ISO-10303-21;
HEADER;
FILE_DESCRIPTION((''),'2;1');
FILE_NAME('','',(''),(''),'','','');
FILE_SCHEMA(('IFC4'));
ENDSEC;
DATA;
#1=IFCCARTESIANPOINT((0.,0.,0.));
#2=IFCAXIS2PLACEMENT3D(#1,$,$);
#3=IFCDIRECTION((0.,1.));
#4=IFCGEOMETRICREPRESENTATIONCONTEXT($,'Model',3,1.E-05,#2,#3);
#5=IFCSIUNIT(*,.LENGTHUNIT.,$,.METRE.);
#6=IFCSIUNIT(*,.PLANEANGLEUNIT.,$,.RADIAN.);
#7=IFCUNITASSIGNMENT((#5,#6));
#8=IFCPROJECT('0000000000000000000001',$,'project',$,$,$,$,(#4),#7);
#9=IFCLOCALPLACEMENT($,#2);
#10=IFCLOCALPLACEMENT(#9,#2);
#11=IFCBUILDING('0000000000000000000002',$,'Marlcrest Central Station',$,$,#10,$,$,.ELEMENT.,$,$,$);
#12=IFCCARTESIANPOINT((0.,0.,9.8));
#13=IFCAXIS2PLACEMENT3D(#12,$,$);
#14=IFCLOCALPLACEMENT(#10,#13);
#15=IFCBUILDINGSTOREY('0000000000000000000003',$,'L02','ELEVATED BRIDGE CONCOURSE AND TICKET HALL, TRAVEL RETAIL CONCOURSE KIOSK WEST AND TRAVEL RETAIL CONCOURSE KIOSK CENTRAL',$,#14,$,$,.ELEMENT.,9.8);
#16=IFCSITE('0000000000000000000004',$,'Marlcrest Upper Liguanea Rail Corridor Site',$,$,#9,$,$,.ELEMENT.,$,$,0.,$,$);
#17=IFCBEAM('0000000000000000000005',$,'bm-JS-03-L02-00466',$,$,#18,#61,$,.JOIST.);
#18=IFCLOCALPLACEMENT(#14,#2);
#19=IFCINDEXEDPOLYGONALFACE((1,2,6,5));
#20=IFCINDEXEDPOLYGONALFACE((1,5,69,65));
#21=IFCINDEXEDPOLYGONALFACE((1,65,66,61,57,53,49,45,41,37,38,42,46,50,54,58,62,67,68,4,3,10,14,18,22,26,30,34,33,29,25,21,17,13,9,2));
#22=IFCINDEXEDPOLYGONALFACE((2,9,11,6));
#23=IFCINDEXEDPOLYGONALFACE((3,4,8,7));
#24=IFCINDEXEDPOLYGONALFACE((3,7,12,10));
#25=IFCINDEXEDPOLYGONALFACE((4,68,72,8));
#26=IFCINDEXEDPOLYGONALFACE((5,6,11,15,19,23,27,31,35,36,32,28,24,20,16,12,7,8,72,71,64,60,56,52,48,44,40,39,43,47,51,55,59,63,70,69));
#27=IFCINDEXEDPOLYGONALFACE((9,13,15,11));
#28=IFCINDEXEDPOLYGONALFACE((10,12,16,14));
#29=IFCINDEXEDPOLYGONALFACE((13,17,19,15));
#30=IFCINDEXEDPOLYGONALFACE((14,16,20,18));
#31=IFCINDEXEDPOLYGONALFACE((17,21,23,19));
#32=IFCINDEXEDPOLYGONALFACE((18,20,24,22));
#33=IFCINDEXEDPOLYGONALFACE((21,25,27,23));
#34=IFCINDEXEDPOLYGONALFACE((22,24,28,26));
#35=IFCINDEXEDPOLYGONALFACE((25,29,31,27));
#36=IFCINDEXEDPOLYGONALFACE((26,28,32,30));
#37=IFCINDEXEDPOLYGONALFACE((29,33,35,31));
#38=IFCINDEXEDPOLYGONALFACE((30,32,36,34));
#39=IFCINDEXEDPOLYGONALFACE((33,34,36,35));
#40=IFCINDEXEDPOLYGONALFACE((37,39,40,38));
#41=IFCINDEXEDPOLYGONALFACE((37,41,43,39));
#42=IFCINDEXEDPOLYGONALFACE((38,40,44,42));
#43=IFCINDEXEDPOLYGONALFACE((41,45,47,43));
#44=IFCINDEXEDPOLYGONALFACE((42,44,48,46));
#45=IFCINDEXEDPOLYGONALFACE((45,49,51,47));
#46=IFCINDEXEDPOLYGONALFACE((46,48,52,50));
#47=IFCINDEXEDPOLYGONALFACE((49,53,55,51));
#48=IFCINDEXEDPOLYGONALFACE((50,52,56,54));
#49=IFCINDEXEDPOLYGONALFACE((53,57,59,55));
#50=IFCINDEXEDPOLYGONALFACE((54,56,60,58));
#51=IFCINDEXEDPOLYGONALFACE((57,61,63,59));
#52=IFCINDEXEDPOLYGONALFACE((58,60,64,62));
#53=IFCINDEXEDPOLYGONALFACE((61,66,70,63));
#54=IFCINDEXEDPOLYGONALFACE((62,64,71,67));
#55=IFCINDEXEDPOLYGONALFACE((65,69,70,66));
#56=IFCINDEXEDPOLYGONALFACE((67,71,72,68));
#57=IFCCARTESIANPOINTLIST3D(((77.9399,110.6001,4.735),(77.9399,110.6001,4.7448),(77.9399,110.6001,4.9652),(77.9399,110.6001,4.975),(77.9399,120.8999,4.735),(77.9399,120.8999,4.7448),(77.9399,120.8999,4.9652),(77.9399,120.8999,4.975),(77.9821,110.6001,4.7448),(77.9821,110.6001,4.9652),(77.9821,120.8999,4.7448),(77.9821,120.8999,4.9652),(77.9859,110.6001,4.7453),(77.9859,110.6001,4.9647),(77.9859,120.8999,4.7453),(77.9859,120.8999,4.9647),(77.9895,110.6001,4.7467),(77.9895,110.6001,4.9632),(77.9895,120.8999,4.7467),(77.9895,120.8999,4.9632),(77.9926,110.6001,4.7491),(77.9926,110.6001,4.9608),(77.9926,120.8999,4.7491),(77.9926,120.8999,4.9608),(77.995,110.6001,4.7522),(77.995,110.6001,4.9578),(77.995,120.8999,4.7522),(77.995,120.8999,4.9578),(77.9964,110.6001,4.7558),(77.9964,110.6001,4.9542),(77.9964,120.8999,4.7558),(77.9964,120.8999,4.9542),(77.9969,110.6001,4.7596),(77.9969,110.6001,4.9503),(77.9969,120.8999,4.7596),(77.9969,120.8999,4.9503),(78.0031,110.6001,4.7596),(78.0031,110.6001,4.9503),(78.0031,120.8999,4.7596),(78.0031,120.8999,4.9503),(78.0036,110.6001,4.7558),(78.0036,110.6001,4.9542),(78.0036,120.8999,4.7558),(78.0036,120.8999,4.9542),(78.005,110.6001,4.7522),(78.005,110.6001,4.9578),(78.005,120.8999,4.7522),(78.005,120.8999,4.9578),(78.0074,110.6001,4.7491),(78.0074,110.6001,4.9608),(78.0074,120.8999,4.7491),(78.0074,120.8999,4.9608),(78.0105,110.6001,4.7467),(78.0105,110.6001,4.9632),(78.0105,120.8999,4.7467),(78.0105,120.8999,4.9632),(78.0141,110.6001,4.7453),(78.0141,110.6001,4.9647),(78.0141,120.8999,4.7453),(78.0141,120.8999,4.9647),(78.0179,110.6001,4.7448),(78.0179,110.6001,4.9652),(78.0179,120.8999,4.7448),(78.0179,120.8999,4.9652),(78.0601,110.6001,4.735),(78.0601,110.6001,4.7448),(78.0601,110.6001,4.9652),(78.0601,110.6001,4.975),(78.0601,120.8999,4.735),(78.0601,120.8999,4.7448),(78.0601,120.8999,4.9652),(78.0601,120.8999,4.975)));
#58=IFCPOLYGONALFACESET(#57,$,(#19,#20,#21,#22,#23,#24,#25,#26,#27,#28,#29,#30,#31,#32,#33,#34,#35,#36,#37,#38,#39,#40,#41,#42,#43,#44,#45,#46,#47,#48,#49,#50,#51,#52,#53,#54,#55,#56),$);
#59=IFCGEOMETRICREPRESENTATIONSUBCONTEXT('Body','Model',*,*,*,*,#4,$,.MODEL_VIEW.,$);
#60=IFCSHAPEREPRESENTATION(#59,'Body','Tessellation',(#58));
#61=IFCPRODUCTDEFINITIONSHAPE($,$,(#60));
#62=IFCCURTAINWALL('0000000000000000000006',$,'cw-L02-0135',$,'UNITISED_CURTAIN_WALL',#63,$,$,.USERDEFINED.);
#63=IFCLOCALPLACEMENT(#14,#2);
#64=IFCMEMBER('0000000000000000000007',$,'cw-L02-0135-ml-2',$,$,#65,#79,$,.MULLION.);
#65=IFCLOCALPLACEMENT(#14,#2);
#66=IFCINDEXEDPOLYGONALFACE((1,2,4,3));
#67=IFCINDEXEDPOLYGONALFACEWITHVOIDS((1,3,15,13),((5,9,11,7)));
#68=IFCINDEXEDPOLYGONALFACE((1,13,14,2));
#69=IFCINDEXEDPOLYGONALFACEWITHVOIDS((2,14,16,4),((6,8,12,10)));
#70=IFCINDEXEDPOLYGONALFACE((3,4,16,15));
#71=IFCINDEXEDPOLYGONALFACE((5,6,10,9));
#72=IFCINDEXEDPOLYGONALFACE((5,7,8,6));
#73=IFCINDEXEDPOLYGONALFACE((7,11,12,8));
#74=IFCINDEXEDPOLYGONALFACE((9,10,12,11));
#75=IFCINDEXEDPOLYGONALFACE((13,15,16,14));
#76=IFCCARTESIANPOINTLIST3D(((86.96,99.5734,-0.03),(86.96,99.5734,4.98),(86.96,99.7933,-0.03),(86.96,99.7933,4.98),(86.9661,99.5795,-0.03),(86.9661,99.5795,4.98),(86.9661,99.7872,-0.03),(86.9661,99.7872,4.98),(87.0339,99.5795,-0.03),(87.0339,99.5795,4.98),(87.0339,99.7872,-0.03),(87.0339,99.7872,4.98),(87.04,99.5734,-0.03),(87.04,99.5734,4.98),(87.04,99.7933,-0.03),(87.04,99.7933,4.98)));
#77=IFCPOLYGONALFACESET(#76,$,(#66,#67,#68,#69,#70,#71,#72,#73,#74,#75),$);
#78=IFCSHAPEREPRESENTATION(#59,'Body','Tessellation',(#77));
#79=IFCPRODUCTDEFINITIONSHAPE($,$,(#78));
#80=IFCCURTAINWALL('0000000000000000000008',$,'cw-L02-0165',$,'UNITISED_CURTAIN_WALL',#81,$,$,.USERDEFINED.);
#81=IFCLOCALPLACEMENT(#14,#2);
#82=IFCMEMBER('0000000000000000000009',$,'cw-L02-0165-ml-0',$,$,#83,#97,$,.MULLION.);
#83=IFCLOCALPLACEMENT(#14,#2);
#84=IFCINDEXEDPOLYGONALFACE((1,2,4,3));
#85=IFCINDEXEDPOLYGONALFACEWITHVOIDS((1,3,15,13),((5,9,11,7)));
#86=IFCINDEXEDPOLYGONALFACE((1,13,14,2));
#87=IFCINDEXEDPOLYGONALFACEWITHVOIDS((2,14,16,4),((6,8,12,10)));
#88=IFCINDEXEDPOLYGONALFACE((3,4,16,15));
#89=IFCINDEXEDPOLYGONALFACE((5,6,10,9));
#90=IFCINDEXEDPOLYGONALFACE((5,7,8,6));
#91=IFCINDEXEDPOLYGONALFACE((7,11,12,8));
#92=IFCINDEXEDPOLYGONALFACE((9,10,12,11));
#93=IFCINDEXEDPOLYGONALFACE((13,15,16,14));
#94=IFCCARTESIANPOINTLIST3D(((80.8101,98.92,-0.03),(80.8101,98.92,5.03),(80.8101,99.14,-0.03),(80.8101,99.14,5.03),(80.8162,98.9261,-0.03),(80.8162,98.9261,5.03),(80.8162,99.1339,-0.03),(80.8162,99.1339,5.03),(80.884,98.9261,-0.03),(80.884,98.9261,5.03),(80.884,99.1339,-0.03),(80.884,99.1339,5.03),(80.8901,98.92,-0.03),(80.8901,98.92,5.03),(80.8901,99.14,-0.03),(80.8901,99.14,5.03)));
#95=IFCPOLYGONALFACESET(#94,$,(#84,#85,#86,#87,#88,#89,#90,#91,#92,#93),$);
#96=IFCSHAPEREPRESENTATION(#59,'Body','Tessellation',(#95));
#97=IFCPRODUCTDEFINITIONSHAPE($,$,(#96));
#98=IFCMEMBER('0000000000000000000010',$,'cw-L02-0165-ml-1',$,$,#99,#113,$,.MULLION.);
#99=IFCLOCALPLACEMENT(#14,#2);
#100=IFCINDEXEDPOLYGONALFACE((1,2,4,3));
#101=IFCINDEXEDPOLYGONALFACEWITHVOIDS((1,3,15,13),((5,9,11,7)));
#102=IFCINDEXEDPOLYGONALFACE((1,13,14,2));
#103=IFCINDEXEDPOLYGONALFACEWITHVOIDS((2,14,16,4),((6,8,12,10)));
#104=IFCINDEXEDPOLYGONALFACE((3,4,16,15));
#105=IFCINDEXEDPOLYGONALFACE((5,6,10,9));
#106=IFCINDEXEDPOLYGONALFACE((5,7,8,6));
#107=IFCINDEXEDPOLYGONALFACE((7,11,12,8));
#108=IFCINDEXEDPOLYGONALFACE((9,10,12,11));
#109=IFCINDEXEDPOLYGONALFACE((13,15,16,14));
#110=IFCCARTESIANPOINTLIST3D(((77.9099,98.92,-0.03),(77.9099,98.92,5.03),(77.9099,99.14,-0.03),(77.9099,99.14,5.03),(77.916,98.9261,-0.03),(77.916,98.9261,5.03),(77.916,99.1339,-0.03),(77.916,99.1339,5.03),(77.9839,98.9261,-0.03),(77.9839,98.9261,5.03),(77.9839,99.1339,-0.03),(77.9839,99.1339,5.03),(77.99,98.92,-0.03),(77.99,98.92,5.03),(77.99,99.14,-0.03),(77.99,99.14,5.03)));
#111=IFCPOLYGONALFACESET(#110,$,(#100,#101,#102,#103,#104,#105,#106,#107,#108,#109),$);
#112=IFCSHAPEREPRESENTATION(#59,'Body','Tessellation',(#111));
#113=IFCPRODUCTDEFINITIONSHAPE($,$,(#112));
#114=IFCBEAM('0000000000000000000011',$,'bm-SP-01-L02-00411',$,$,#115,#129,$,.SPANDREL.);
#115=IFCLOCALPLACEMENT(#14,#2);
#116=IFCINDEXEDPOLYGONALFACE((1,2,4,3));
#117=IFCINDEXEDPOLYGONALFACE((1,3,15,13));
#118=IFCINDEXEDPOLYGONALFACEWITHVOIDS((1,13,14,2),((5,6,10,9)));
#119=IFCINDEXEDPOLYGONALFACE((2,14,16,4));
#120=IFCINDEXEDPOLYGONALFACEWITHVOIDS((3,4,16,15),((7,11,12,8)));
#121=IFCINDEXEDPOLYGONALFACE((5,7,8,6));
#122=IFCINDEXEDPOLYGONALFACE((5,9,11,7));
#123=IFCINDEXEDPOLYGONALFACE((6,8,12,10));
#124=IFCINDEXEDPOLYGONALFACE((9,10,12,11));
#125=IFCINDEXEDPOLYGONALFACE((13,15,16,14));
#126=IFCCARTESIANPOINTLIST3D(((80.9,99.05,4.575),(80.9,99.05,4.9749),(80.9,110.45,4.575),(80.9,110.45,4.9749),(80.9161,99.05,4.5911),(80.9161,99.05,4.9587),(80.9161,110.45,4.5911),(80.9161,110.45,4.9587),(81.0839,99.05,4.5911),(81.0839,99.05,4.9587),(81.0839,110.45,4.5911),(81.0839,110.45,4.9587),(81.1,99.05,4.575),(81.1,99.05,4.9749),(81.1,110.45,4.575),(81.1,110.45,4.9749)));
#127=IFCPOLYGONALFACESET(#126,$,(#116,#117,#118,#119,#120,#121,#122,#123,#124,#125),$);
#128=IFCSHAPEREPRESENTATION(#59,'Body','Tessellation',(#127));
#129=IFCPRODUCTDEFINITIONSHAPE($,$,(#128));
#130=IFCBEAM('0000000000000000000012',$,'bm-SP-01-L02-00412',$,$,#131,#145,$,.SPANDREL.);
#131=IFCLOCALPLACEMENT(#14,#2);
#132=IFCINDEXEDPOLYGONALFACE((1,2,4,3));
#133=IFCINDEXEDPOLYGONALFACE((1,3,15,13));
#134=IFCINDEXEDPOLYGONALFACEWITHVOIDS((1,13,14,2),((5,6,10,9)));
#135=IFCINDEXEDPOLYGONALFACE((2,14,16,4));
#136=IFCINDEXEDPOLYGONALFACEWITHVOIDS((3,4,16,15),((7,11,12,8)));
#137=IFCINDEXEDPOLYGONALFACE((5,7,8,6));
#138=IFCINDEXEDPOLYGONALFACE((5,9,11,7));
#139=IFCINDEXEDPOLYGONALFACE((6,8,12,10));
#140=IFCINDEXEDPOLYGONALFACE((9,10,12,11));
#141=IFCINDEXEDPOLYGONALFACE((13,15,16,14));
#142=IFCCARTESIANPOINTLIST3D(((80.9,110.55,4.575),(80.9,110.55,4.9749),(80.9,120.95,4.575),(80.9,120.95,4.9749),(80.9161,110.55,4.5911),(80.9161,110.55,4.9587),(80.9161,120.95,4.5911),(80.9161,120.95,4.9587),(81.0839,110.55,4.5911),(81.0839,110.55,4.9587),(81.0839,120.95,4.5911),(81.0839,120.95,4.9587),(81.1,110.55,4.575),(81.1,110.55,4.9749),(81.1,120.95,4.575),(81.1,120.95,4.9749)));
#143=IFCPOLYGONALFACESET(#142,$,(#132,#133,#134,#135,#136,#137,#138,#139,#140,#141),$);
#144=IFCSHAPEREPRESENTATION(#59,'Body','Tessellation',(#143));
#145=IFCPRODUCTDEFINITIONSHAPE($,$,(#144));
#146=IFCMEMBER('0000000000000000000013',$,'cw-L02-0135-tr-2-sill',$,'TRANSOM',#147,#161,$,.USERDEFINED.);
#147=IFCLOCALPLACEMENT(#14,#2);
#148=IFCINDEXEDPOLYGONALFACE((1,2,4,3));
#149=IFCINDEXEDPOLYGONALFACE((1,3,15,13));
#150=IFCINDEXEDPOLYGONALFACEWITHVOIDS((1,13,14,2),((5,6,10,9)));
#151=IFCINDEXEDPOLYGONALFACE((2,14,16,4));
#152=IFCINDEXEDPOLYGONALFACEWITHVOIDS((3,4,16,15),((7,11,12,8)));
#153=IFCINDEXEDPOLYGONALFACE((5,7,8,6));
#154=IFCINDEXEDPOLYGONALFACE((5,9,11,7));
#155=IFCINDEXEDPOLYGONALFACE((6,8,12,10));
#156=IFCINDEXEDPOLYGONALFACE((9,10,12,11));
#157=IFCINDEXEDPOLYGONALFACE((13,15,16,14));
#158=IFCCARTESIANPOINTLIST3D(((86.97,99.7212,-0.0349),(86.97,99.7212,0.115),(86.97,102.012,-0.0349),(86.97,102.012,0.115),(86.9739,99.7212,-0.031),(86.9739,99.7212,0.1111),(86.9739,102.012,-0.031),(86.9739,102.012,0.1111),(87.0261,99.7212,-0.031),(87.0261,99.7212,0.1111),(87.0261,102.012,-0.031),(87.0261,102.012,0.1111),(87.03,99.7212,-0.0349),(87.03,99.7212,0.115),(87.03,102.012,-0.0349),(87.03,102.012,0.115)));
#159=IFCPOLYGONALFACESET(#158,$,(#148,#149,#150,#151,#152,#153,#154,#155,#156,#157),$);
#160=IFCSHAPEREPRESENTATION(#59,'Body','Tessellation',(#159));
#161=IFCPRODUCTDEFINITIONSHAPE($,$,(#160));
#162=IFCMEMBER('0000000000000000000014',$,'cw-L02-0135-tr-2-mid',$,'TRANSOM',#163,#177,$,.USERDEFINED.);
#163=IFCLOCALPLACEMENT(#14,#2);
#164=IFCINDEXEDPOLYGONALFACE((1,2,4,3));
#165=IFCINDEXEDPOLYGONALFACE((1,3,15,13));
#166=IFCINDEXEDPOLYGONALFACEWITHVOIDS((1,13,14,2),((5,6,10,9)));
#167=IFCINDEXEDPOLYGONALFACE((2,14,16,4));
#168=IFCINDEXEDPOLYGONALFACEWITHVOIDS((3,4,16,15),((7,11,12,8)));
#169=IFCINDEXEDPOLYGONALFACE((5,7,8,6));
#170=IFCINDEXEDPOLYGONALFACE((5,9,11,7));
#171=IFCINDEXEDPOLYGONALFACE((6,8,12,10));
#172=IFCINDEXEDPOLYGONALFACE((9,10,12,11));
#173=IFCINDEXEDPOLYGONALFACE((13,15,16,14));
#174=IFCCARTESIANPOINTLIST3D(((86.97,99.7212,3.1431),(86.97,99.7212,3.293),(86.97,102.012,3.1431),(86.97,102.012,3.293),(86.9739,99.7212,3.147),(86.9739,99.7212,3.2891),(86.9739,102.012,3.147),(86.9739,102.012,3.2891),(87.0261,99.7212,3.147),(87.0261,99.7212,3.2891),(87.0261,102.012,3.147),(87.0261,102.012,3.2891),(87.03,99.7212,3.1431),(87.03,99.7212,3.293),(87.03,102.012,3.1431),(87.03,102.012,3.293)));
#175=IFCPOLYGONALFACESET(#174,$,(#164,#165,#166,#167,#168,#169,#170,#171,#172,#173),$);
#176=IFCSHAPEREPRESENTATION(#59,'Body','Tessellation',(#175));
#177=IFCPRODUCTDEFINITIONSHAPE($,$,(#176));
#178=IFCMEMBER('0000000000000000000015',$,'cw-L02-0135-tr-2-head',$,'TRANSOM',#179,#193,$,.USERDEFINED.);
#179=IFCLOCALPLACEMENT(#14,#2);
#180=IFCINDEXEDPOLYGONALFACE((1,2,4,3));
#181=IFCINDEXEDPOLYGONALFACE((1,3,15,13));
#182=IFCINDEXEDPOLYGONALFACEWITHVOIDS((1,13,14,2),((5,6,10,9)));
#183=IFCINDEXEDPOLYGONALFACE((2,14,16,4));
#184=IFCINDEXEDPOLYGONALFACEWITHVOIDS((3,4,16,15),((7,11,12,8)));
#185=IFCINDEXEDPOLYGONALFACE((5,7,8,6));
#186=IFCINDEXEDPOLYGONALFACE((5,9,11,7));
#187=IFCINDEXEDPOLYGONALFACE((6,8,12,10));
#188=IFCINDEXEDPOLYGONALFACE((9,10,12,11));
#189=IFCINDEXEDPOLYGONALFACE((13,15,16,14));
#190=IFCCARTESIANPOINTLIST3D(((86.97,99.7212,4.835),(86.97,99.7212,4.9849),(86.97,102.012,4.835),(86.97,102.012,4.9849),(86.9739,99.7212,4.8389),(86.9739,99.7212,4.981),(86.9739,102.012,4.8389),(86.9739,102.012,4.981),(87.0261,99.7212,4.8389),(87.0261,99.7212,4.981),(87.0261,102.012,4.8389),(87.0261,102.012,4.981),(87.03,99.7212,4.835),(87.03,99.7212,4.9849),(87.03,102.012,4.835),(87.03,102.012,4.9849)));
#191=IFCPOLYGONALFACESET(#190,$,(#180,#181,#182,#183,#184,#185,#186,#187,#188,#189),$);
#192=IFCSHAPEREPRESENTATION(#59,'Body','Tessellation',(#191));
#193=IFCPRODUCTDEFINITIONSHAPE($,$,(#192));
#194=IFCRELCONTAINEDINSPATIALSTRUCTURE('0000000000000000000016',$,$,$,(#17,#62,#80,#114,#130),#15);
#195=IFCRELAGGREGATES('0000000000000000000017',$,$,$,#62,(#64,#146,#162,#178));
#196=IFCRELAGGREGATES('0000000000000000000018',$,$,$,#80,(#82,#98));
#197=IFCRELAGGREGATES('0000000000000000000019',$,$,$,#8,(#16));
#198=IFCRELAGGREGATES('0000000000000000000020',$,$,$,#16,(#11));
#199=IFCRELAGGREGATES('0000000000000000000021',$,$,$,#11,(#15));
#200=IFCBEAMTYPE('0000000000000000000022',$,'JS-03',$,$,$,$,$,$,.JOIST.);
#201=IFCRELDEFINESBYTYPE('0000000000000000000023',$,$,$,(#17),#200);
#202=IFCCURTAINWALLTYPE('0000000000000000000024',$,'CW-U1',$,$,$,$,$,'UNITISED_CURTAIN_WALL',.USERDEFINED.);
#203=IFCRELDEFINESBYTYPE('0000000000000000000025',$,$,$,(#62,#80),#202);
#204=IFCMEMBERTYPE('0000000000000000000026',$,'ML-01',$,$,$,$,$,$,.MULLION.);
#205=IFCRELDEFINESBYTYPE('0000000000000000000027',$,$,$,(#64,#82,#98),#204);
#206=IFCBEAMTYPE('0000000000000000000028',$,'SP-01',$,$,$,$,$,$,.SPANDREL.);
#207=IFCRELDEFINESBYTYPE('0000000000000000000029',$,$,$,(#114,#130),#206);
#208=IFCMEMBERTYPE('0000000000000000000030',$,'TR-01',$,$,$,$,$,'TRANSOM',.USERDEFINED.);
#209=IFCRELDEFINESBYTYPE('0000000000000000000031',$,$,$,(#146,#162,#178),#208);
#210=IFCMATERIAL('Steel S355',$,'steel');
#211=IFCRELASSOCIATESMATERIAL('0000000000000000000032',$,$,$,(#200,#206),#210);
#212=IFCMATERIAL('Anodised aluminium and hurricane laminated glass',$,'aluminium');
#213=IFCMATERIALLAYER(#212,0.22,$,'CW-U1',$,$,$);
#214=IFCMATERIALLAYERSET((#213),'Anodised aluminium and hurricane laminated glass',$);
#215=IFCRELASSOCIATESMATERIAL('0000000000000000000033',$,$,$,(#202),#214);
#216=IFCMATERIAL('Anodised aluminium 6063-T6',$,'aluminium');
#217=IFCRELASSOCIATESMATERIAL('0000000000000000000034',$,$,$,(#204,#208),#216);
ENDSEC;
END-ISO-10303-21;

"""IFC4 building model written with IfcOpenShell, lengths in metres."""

from ifc_helpers import new_model, si_unit, direction, frame, origin, origin_2d, place, context, subcontext, project, spatial, hollow_rectangle, i_section, extrude, material, layer, layer_set, material_profile, profile_set, type_object, element, aggregate, save


model = new_model("IFC4")

# Units and contexts
model_context = context("Model", 3, precision=1e-05, world=origin(), true_north=direction((0.0, 1.0)))
body_context = subcontext(model_context, "Body", "Model", "MODEL_VIEW")
ifc_project = project(units=[si_unit("LENGTHUNIT", "METRE"), si_unit("PLANEANGLEUNIT", "RADIAN")], contexts=[model_context])

# Site, building, storey
site_placement = place(None, origin())
site = spatial("IfcSite", under=ifc_project, at=site_placement, Name="Marlcrest Upper Liguanea Rail Corridor Site", CompositionType="ELEMENT", RefElevation=0.0)
building_placement = place(site_placement, origin())
building = spatial("IfcBuilding", under=site, at=building_placement, Name="Marlcrest Central Station", CompositionType="ELEMENT")
storey_placement = place(building_placement, frame((0.0, 0.0, 9.8)))
storey = spatial("IfcBuildingStorey", under=building, at=storey_placement, Name="L02", Description="ELEVATED BRIDGE CONCOURSE AND TICKET HALL, TRAVEL RETAIL CONCOURSE KIOSK WEST AND TRAVEL RETAIL CONCOURSE KIOSK CENTRAL", CompositionType="ELEMENT", Elevation=9.8)

# Shared definitions
ifc_material_1 = material(Name="Steel S355", Category="steel")

# Beam
ifc_material_profile_1 = material_profile(ifc_material_1, i_section(OverallWidth=0.1201, OverallDepth=0.24, WebThickness=0.0061, FlangeThickness=0.0098, FilletRadius=0.0149, at=origin_2d()), Name="IPE 240")
ifc_profile_set_1 = profile_set([ifc_material_profile_1], Name="Steel S355")
beam_type_1 = type_object("IfcBeamType", Name="JS-03", PredefinedType="JOIST", material=ifc_profile_set_1)
beam_1_placement = place(storey_placement, frame((78.0, 110.6001, 4.855), z_axis=(0.0, 1.0, 0.0), x_axis=(-1.0, 0.0, 0.0)))
element("IfcBeam", 1, at=beam_1_placement, inside=storey, type_object=beam_type_1, Name="bm-JS-03-L02-00466", PredefinedType="JOIST", context=body_context, shape_type="SweptSolid", body=[
    extrude(i_section(OverallWidth=0.1201, OverallDepth=0.24, WebThickness=0.0061, FlangeThickness=0.0098, FilletRadius=0.0149, at=origin_2d()), origin(), (0.0, 0.0, 1.0), 10.2998),
])

# Curtain wall, member
ifc_material_2 = material(Name="Anodised aluminium and hurricane laminated glass", Category="aluminium")
ifc_layer_1 = layer(ifc_material_2, 0.22, Name="CW-U1")
ifc_layer_set_1 = layer_set([ifc_layer_1], Name="Anodised aluminium and hurricane laminated glass")
curtain_wall_type = type_object("IfcCurtainWallType", Name="CW-U1", ElementType="UNITISED_CURTAIN_WALL", PredefinedType="USERDEFINED", material=ifc_layer_set_1)
curtain_wall_1_placement = place(storey_placement, origin())
curtain_wall_1 = element("IfcCurtainWall", 2, at=curtain_wall_1_placement, inside=storey, type_object=curtain_wall_type, Name="cw-L02-0135", ObjectType="UNITISED_CURTAIN_WALL", PredefinedType="USERDEFINED")
ifc_material_3 = material(Name="Anodised aluminium 6063-T6", Category="aluminium")
ifc_material_profile_2 = material_profile(ifc_material_3, hollow_rectangle(XDim=0.0801, YDim=0.22, WallThickness=0.0061, at=origin_2d()), Name="AA-RHS 220x80x6")
ifc_profile_set_2 = profile_set([ifc_material_profile_2], Name="Anodised aluminium 6063-T6")
member_type_1 = type_object("IfcMemberType", Name="ML-01", PredefinedType="MULLION", material=ifc_profile_set_2)
member_1_placement = place(storey_placement, frame((87.0, 99.6833, -0.03), z_axis=(0.0, 0.0, 1.0), x_axis=(1.0, 0.0, 0.0)))
member_1 = element("IfcMember", 3, at=member_1_placement, type_object=member_type_1, Name="cw-L02-0135-ml-2", PredefinedType="MULLION", context=body_context, shape_type="SweptSolid", body=[
    extrude(hollow_rectangle(XDim=0.0801, YDim=0.22, WallThickness=0.0061, at=origin_2d()), origin(), (0.0, 0.0, 1.0), 5.01),
])

# Curtain wall, members
curtain_wall_2_placement = place(storey_placement, origin())
curtain_wall_2 = element("IfcCurtainWall", 4, at=curtain_wall_2_placement, inside=storey, type_object=curtain_wall_type, Name="cw-L02-0165", ObjectType="UNITISED_CURTAIN_WALL", PredefinedType="USERDEFINED")
member_2_placement = place(storey_placement, frame((80.8501, 99.03, -0.03), z_axis=(0.0, 0.0, 1.0), x_axis=(1.0, 0.0, 0.0)))
member_2 = element("IfcMember", 5, at=member_2_placement, type_object=member_type_1, Name="cw-L02-0165-ml-0", PredefinedType="MULLION", context=body_context, shape_type="SweptSolid", body=[
    extrude(hollow_rectangle(XDim=0.0801, YDim=0.22, WallThickness=0.0061, at=origin_2d()), origin(), (0.0, 0.0, 1.0), 5.0601),
])
member_3_placement = place(storey_placement, frame((77.95, 99.03, -0.03), z_axis=(0.0, 0.0, 1.0), x_axis=(1.0, 0.0, 0.0)))
member_3 = element("IfcMember", 6, at=member_3_placement, type_object=member_type_1, Name="cw-L02-0165-ml-1", PredefinedType="MULLION", context=body_context, shape_type="SweptSolid", body=[
    extrude(hollow_rectangle(XDim=0.0801, YDim=0.22, WallThickness=0.0061, at=origin_2d()), origin(), (0.0, 0.0, 1.0), 5.0601),
])

# Beams
ifc_material_profile_3 = material_profile(ifc_material_1, hollow_rectangle(XDim=0.2, YDim=0.3999, WallThickness=0.0161, at=origin_2d()), Name="RHS 400x200x16")
ifc_profile_set_3 = profile_set([ifc_material_profile_3], Name="Steel S355")
beam_type_2 = type_object("IfcBeamType", Name="SP-01", PredefinedType="SPANDREL", material=ifc_profile_set_3)
beam_2_placement = place(storey_placement, frame((81.0, 99.05, 4.7749), z_axis=(0.0, 1.0, 0.0), x_axis=(-1.0, 0.0, 0.0)))
element("IfcBeam", 7, at=beam_2_placement, inside=storey, type_object=beam_type_2, Name="bm-SP-01-L02-00411", PredefinedType="SPANDREL", context=body_context, shape_type="SweptSolid", body=[
    extrude(hollow_rectangle(XDim=0.2, YDim=0.3999, WallThickness=0.0161, at=origin_2d()), origin(), (0.0, 0.0, 1.0), 11.3999),
])
beam_3_placement = place(storey_placement, frame((81.0, 110.55, 4.7749), z_axis=(0.0, 1.0, 0.0), x_axis=(-1.0, 0.0, 0.0)))
element("IfcBeam", 8, at=beam_3_placement, inside=storey, type_object=beam_type_2, Name="bm-SP-01-L02-00412", PredefinedType="SPANDREL", context=body_context, shape_type="SweptSolid", body=[
    extrude(hollow_rectangle(XDim=0.2, YDim=0.3999, WallThickness=0.0161, at=origin_2d()), origin(), (0.0, 0.0, 1.0), 10.3999),
])

# Members
ifc_material_profile_4 = material_profile(ifc_material_3, hollow_rectangle(XDim=0.0601, YDim=0.1499, WallThickness=0.0039, at=origin_2d()), Name="AA-RHS 150x60x4")
ifc_profile_set_4 = profile_set([ifc_material_profile_4], Name="Anodised aluminium 6063-T6")
member_type_2 = type_object("IfcMemberType", Name="TR-01", ElementType="TRANSOM", PredefinedType="USERDEFINED", material=ifc_profile_set_4)
member_4_placement = place(storey_placement, frame((87.0, 99.7212, 0.04), z_axis=(0.0, 1.0, 0.0), x_axis=(-1.0, 0.0, 0.0)))
member_4 = element("IfcMember", 9, at=member_4_placement, type_object=member_type_2, Name="cw-L02-0135-tr-2-sill", ObjectType="TRANSOM", PredefinedType="USERDEFINED", context=body_context, shape_type="SweptSolid", body=[
    extrude(hollow_rectangle(XDim=0.0601, YDim=0.1499, WallThickness=0.0039, at=origin_2d()), origin(), (0.0, 0.0, 1.0), 2.2908),
])
member_5_placement = place(storey_placement, frame((87.0, 99.7212, 3.218), z_axis=(0.0, 1.0, 0.0), x_axis=(-1.0, 0.0, 0.0)))
member_5 = element("IfcMember", 10, at=member_5_placement, type_object=member_type_2, Name="cw-L02-0135-tr-2-mid", ObjectType="TRANSOM", PredefinedType="USERDEFINED", context=body_context, shape_type="SweptSolid", body=[
    extrude(hollow_rectangle(XDim=0.0601, YDim=0.1499, WallThickness=0.0039, at=origin_2d()), origin(), (0.0, 0.0, 1.0), 2.2908),
])
member_6_placement = place(storey_placement, frame((87.0, 99.7212, 4.9099), z_axis=(0.0, 1.0, 0.0), x_axis=(-1.0, 0.0, 0.0)))
member_6 = element("IfcMember", 11, at=member_6_placement, type_object=member_type_2, Name="cw-L02-0135-tr-2-head", ObjectType="TRANSOM", PredefinedType="USERDEFINED", context=body_context, shape_type="SweptSolid", body=[
    extrude(hollow_rectangle(XDim=0.0601, YDim=0.1499, WallThickness=0.0039, at=origin_2d()), origin(), (0.0, 0.0, 1.0), 2.2908),
])
aggregate(curtain_wall_1, [member_1, member_4, member_5, member_6])

aggregate(curtain_wall_2, [member_2, member_3])

save(model, "model.ifc")
